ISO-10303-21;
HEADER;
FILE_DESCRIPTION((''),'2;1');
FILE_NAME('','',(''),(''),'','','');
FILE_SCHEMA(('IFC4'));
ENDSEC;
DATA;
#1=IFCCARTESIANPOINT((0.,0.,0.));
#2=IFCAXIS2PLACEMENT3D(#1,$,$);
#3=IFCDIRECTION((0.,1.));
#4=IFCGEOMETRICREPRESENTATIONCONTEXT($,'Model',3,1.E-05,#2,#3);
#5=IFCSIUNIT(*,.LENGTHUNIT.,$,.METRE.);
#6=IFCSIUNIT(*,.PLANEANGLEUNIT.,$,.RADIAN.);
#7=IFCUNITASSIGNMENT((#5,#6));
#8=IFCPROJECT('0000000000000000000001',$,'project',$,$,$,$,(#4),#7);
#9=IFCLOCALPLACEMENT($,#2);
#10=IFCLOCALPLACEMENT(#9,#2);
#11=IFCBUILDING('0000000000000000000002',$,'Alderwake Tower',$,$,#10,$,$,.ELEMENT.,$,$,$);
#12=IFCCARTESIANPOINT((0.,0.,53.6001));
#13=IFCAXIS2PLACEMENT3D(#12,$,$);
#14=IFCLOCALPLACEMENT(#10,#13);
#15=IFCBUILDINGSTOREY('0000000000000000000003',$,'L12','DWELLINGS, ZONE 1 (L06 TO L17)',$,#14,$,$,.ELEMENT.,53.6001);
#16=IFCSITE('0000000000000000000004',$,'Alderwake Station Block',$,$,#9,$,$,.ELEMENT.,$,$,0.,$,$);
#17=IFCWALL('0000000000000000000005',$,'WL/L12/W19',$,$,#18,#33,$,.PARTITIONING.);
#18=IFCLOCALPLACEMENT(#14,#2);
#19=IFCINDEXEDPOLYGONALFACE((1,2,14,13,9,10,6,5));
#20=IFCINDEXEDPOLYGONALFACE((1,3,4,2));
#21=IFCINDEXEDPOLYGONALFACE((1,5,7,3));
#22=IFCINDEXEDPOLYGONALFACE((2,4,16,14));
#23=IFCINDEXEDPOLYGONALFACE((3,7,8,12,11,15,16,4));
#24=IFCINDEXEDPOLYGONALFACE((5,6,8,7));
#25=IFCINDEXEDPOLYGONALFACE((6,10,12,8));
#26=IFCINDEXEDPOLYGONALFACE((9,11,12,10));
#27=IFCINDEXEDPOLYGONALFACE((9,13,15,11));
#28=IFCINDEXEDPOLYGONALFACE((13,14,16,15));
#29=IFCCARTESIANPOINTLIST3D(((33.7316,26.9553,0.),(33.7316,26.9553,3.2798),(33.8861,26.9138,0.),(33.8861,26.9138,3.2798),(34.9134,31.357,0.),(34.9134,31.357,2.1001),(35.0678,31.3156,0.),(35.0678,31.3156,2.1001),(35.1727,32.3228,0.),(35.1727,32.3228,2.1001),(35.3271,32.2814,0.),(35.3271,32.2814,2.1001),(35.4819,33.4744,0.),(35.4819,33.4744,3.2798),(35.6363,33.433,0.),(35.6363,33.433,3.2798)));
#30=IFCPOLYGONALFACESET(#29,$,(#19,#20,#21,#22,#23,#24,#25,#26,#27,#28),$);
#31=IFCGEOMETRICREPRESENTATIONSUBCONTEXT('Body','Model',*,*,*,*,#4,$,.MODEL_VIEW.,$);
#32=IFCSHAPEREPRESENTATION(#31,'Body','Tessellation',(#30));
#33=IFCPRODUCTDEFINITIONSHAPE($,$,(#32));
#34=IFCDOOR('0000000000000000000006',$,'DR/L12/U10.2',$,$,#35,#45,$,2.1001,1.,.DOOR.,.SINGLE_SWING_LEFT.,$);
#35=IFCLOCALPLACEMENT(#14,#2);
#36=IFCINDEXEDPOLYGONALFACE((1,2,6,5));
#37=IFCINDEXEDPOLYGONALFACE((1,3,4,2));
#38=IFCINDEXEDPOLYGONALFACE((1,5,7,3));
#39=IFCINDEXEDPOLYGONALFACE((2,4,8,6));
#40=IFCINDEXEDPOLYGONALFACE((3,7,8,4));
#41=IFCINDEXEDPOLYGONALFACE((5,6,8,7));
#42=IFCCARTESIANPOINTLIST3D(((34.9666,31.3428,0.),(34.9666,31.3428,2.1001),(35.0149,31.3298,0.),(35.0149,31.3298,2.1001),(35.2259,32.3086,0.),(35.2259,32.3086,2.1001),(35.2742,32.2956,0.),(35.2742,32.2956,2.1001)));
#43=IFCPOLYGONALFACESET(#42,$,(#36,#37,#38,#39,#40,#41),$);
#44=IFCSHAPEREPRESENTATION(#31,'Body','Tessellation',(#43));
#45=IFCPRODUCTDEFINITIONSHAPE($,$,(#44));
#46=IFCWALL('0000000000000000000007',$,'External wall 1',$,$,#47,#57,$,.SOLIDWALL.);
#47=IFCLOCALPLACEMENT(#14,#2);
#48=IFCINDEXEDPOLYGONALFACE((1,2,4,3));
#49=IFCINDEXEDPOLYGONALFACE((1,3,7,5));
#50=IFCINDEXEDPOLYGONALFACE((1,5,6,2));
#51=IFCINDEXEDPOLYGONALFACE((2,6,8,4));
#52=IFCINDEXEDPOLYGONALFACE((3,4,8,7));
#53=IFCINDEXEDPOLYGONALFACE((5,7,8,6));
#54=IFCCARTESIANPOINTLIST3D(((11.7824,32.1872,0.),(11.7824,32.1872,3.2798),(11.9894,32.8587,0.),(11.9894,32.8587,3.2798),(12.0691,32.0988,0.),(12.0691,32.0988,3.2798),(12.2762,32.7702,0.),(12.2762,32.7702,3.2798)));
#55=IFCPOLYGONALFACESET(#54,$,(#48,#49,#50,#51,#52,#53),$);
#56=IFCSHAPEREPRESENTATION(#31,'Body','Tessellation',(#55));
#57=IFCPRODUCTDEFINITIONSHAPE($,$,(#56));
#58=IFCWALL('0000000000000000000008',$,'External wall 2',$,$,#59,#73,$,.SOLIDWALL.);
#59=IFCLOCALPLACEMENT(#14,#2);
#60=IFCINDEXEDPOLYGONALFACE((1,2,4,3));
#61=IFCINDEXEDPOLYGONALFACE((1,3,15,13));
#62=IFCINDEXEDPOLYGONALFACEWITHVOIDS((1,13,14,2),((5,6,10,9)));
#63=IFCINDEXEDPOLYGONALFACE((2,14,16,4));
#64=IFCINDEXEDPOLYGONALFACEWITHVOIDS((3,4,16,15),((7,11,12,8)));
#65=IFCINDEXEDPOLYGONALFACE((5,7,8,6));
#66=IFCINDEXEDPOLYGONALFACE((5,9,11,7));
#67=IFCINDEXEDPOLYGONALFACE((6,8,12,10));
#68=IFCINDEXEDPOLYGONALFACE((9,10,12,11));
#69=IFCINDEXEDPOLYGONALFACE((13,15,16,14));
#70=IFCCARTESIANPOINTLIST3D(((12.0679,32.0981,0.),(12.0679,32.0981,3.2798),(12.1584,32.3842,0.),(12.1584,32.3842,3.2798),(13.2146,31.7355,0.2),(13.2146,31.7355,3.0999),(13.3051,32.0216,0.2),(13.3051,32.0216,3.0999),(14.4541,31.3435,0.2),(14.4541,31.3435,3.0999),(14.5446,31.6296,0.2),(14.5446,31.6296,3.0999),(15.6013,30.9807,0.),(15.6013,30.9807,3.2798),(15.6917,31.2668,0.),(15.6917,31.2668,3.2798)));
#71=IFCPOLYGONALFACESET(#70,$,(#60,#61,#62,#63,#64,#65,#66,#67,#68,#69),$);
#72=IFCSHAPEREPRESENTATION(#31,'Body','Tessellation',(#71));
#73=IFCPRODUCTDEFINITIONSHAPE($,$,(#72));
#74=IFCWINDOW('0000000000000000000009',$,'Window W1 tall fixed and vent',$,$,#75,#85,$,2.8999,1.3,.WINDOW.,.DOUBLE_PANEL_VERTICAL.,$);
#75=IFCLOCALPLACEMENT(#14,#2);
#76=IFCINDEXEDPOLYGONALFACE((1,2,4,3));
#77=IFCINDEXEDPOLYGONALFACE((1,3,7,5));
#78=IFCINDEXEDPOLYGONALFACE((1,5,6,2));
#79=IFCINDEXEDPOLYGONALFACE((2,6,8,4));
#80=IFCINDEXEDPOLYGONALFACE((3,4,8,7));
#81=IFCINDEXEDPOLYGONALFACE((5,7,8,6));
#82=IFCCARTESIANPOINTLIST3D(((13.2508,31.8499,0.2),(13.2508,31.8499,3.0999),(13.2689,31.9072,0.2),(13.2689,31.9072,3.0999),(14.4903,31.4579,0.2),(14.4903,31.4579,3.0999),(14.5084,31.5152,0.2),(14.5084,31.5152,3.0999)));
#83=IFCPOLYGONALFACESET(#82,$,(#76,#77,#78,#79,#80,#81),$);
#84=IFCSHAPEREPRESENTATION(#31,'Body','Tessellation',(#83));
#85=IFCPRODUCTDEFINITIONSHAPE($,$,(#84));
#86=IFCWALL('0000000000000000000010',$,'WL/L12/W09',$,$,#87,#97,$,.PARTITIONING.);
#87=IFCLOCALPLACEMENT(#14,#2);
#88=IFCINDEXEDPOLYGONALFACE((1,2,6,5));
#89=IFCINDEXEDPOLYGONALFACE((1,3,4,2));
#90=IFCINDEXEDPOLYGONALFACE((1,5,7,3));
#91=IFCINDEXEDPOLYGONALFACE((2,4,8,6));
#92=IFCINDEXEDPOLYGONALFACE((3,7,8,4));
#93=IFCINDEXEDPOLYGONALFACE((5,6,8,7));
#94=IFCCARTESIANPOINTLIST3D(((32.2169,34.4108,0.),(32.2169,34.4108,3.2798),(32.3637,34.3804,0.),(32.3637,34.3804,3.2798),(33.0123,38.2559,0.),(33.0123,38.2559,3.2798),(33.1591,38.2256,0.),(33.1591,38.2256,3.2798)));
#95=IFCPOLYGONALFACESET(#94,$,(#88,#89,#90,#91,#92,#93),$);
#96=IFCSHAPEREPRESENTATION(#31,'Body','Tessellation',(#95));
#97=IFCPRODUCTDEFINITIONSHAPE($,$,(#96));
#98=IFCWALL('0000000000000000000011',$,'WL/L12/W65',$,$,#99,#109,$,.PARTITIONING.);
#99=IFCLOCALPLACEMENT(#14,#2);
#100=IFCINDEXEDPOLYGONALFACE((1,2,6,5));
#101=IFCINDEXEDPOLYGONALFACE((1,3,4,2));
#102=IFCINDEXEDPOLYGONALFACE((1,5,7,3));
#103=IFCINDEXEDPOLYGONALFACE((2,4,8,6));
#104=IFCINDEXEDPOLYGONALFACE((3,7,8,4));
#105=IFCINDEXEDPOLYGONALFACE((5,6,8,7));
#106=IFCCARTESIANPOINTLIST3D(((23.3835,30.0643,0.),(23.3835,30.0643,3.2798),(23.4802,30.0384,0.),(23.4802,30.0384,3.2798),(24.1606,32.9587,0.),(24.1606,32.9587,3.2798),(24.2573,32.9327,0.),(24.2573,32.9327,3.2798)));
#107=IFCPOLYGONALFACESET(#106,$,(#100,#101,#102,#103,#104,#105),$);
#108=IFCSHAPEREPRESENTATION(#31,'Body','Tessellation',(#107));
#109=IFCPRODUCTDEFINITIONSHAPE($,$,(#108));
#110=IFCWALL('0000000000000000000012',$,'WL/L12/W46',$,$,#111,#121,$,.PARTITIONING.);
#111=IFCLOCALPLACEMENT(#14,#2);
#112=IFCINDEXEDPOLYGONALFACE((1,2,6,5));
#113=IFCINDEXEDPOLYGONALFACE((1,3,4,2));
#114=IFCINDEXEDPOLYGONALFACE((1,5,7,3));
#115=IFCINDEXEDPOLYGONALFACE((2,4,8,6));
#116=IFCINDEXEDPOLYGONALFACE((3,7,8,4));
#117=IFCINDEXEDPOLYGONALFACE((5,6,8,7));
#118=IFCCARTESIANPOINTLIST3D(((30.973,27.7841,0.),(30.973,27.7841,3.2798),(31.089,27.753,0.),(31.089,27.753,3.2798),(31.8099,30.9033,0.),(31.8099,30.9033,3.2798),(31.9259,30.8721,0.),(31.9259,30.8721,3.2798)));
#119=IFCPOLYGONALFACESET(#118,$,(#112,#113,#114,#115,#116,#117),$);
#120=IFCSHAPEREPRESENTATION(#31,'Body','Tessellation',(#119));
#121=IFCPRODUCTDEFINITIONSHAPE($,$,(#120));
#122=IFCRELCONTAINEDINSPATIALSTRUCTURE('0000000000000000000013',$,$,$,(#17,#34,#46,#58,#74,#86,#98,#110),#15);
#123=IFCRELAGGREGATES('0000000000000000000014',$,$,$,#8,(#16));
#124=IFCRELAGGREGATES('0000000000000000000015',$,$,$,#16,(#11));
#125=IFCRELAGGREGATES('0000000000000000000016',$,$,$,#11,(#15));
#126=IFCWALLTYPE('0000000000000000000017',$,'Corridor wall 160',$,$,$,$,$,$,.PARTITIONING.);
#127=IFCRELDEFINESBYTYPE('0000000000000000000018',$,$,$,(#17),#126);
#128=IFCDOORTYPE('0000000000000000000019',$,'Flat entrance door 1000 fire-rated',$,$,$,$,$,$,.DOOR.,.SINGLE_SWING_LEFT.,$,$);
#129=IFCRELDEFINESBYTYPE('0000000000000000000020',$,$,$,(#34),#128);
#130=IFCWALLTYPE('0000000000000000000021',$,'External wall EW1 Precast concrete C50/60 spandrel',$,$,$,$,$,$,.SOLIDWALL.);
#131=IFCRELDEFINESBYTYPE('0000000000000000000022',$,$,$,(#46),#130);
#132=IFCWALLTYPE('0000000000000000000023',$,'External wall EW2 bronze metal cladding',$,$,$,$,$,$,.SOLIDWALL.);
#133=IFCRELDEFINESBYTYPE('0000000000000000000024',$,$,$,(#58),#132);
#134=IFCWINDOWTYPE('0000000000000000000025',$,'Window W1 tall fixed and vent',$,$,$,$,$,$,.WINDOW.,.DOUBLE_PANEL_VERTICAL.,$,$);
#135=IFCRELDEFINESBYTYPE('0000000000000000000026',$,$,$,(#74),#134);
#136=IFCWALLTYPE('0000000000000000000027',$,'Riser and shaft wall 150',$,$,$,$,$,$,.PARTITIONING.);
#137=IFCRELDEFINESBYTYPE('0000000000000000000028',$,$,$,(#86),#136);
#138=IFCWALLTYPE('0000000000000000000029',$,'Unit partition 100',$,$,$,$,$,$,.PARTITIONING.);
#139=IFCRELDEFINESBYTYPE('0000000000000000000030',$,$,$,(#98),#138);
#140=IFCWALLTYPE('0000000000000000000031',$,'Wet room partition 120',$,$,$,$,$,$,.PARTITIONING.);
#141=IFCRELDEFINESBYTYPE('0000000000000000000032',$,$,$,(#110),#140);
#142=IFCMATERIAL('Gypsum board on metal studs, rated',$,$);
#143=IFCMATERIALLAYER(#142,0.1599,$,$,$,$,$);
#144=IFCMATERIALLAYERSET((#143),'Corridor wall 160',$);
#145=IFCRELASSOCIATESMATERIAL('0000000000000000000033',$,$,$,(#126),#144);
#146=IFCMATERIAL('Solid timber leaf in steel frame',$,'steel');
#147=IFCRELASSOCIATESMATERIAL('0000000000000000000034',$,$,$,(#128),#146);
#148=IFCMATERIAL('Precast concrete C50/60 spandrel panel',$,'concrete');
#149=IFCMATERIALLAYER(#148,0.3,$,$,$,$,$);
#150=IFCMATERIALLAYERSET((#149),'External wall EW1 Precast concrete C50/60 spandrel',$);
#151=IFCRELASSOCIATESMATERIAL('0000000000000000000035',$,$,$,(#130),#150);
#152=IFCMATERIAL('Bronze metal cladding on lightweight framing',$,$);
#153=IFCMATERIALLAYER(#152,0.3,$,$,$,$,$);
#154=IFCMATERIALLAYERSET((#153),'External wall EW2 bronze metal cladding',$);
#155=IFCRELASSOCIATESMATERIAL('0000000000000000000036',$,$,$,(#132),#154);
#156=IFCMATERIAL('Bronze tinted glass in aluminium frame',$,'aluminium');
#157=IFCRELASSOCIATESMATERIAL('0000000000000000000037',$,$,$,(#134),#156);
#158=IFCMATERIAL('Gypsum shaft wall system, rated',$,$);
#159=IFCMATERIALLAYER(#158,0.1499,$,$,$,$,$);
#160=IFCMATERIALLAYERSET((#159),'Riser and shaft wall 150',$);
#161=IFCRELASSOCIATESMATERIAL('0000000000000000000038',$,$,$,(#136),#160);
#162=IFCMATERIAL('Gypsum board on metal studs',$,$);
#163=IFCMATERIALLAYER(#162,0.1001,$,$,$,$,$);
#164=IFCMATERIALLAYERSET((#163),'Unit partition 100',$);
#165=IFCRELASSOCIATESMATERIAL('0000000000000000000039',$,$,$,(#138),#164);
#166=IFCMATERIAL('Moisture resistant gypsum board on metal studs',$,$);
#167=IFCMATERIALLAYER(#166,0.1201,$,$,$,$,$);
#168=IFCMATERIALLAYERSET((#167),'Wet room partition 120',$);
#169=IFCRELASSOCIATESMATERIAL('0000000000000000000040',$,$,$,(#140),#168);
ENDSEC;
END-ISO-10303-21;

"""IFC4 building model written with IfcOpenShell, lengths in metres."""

from ifc_helpers import new_model, si_unit, direction, frame, frame_2d, origin, place, context, subcontext, project, spatial, rectangle, extrude, material, layer, layer_set, type_object, element, fill, save


model = new_model("IFC4")

# Units and contexts
model_context = context("Model", 3, precision=1e-05, world=origin(), true_north=direction((0.0, 1.0)))
body_context = subcontext(model_context, "Body", "Model", "MODEL_VIEW")
ifc_project = project(units=[si_unit("LENGTHUNIT", "METRE"), si_unit("PLANEANGLEUNIT", "RADIAN")], contexts=[model_context])

# Site, building, storey
site_placement = place(None, origin())
site = spatial("IfcSite", under=ifc_project, at=site_placement, Name="Alderwake Station Block", CompositionType="ELEMENT", RefElevation=0.0)
building_placement = place(site_placement, origin())
building = spatial("IfcBuilding", under=site, at=building_placement, Name="Alderwake Tower", CompositionType="ELEMENT")
storey_placement = place(building_placement, frame((0.0, 0.0, 53.6001)))
storey = spatial("IfcBuildingStorey", under=building, at=storey_placement, Name="L12", Description="DWELLINGS, ZONE 1 (L06 TO L17)", CompositionType="ELEMENT", Elevation=53.6001)

# Wall, opening, door
ifc_material_1 = material(Name="Gypsum board on metal studs, rated")
ifc_layer_1 = layer(ifc_material_1, 0.1599)
ifc_layer_set_1 = layer_set([ifc_layer_1], Name="Corridor wall 160")
wall_type_1 = type_object("IfcWallType", Name="Corridor wall 160", PredefinedType="PARTITIONING", material=ifc_layer_set_1)
wall_1_placement = place(storey_placement, frame((33.8088, 26.9346, 0.0), z_axis=(0.0, 0.0, 1.0), x_axis=(0.259299, 0.965797, 0.0)))
wall_1 = element("IfcWall", 1, at=wall_1_placement, inside=storey, type_object=wall_type_1, Name="WL/L12/W19", PredefinedType="PARTITIONING", context=body_context, shape_type="SweptSolid", body=[
    extrude(rectangle(XDim=6.75, YDim=0.1599, at=frame_2d((3.375, 0.0))), origin(), (0.0, 0.0, 1.0), 3.2798),
])
opening_1_placement = place(wall_1_placement, frame((4.5576, 0.0, 0.0)))
opening_1 = element("IfcOpeningElement", 2, at=opening_1_placement, cuts=wall_1, PredefinedType="OPENING", context=body_context, shape_type="SweptSolid", body=[
    extrude(rectangle(XDim=1.0, YDim=2.1001, at=frame_2d((0.5, 1.05))), frame((0.0, 0.0898, 0.0), z_axis=(0.0, -1.0, 0.0), x_axis=(1.0, 0.0, 0.0)), (0.0, 0.0, 1.0), 0.1799),
])
ifc_material_2 = material(Name="Solid timber leaf in steel frame", Category="steel")
door_type_1 = type_object("IfcDoorType", Name="Flat entrance door 1000 fire-rated", OperationType="SINGLE_SWING_LEFT", PredefinedType="DOOR", material=ifc_material_2)
door_1_placement = place(opening_1_placement, origin())
door_1 = element("IfcDoor", 3, at=door_1_placement, inside=storey, type_object=door_type_1, Name="DR/L12/U10.2", OperationType="SINGLE_SWING_LEFT", OverallHeight=2.1001, OverallWidth=1.0, PredefinedType="DOOR", context=body_context, shape_type="SweptSolid", body=[
    extrude(rectangle(XDim=1.0, YDim=2.1001, at=frame_2d((0.5, 1.05))), frame((0.0, 0.0249, 0.0), z_axis=(0.0, -1.0, 0.0), x_axis=(1.0, 0.0, 0.0)), (0.0, 0.0, 1.0), 0.05),
])
fill(opening_1, door_1)

# Wall
ifc_material_3 = material(Name="Precast concrete C50/60 spandrel panel", Category="concrete")
ifc_layer_2 = layer(ifc_material_3, 0.3)
ifc_layer_set_2 = layer_set([ifc_layer_2], Name="External wall EW1 Precast concrete C50/60 spandrel")
wall_type_2 = type_object("IfcWallType", Name="External wall EW1 Precast concrete C50/60 spandrel", PredefinedType="SOLIDWALL", material=ifc_layer_set_2)
wall_2_placement = place(storey_placement, frame((12.1328, 32.8145, 0.0), z_axis=(0.0, 0.0, 1.0), x_axis=(-0.294672, -0.955599, 0.0)))
element("IfcWall", 4, at=wall_2_placement, inside=storey, type_object=wall_type_2, Name="External wall 1", PredefinedType="SOLIDWALL", context=body_context, shape_type="SweptSolid", body=[
    extrude(rectangle(XDim=0.7026, YDim=0.3, at=frame_2d((0.3513, 0.0))), origin(), (0.0, 0.0, 1.0), 3.2798),
])

# Wall, opening, window
ifc_material_4 = material(Name="Bronze metal cladding on lightweight framing")
ifc_layer_3 = layer(ifc_material_4, 0.3)
ifc_layer_set_3 = layer_set([ifc_layer_3], Name="External wall EW2 bronze metal cladding")
wall_type_3 = type_object("IfcWallType", Name="External wall EW2 bronze metal cladding", PredefinedType="SOLIDWALL", material=ifc_layer_set_3)
wall_3_placement = place(storey_placement, frame((12.113, 32.2412, 0.0), z_axis=(0.0, 0.0, 1.0), x_axis=(0.953458, -0.301525, 0.0)))
wall_3 = element("IfcWall", 5, at=wall_3_placement, inside=storey, type_object=wall_type_3, Name="External wall 2", PredefinedType="SOLIDWALL", context=body_context, shape_type="SweptSolid", body=[
    extrude(rectangle(XDim=3.7058, YDim=0.3, at=frame_2d((1.853, 0.0))), origin(), (0.0, 0.0, 1.0), 3.2798),
])
opening_2_placement = place(wall_3_placement, frame((1.2029, 0.0, 0.2)))
opening_2 = element("IfcOpeningElement", 6, at=opening_2_placement, cuts=wall_3, PredefinedType="OPENING", context=body_context, shape_type="SweptSolid", body=[
    extrude(rectangle(XDim=1.3, YDim=2.8999, at=frame_2d((0.6499, 1.45))), frame((0.0, 0.1599, 0.0), z_axis=(0.0, -1.0, 0.0), x_axis=(1.0, 0.0, 0.0)), (0.0, 0.0, 1.0), 0.3201),
])
ifc_material_5 = material(Name="Bronze tinted glass in aluminium frame", Category="aluminium")
window_type = type_object("IfcWindowType", Name="Window W1 tall fixed and vent", PartitioningType="DOUBLE_PANEL_VERTICAL", PredefinedType="WINDOW", material=ifc_material_5)
window_1_placement = place(opening_2_placement, origin())
window_1 = element("IfcWindow", 7, at=window_1_placement, inside=storey, type_object=window_type, Name="Window W1 tall fixed and vent", OverallHeight=2.8999, OverallWidth=1.3, PartitioningType="DOUBLE_PANEL_VERTICAL", PredefinedType="WINDOW", context=body_context, shape_type="SweptSolid", body=[
    extrude(rectangle(XDim=1.3, YDim=2.8999, at=frame_2d((0.6499, 1.45))), frame((0.0, 0.03, 0.0), z_axis=(0.0, -1.0, 0.0), x_axis=(1.0, 0.0, 0.0)), (0.0, 0.0, 1.0), 0.0601),
])
fill(opening_2, window_1)

# Walls
ifc_material_6 = material(Name="Gypsum shaft wall system, rated")
ifc_layer_4 = layer(ifc_material_6, 0.1499)
ifc_layer_set_4 = layer_set([ifc_layer_4], Name="Riser and shaft wall 150")
wall_type_4 = type_object("IfcWallType", Name="Riser and shaft wall 150", PredefinedType="PARTITIONING", material=ifc_layer_set_4)
wall_4_placement = place(storey_placement, frame((32.2903, 34.3955, 0.0), z_axis=(0.0, 0.0, 1.0), x_axis=(0.202569, 0.979268, 0.0)))
element("IfcWall", 8, at=wall_4_placement, inside=storey, type_object=wall_type_4, Name="WL/L12/W09", PredefinedType="PARTITIONING", context=body_context, shape_type="SweptSolid", body=[
    extrude(rectangle(XDim=3.9265, YDim=0.1499, at=frame_2d((1.9634, 0.0))), origin(), (0.0, 0.0, 1.0), 3.2798),
])
ifc_material_7 = material(Name="Gypsum board on metal studs")
ifc_layer_5 = layer(ifc_material_7, 0.1001)
ifc_layer_set_5 = layer_set([ifc_layer_5], Name="Unit partition 100")
wall_type_5 = type_object("IfcWallType", Name="Unit partition 100", PredefinedType="PARTITIONING", material=ifc_layer_set_5)
wall_5_placement = place(storey_placement, frame((24.209, 32.9458, 0.0), z_axis=(0.0, 0.0, 1.0), x_axis=(-0.25931, -0.965794, 0.0)))
element("IfcWall", 9, at=wall_5_placement, inside=storey, type_object=wall_type_5, Name="WL/L12/W65", PredefinedType="PARTITIONING", context=body_context, shape_type="SweptSolid", body=[
    extrude(rectangle(XDim=2.9968, YDim=0.1001, at=frame_2d((1.4985, 0.0))), origin(), (0.0, 0.0, 1.0), 3.2798),
])
ifc_material_8 = material(Name="Moisture resistant gypsum board on metal studs")
ifc_layer_6 = layer(ifc_material_8, 0.1201)
ifc_layer_set_6 = layer_set([ifc_layer_6], Name="Wet room partition 120")
wall_type_6 = type_object("IfcWallType", Name="Wet room partition 120", PredefinedType="PARTITIONING", material=ifc_layer_set_6)
wall_6_placement = place(storey_placement, frame((31.8679, 30.8877, 0.0), z_axis=(0.0, 0.0, 1.0), x_axis=(-0.259149, -0.965837, 0.0)))
element("IfcWall", 10, at=wall_6_placement, inside=storey, type_object=wall_type_6, Name="WL/L12/W46", PredefinedType="PARTITIONING", context=body_context, shape_type="SweptSolid", body=[
    extrude(rectangle(XDim=3.2295, YDim=0.1201, at=frame_2d((1.6147, 0.0))), origin(), (0.0, 0.0, 1.0), 3.2798),
])

save(model, "model.ifc")
